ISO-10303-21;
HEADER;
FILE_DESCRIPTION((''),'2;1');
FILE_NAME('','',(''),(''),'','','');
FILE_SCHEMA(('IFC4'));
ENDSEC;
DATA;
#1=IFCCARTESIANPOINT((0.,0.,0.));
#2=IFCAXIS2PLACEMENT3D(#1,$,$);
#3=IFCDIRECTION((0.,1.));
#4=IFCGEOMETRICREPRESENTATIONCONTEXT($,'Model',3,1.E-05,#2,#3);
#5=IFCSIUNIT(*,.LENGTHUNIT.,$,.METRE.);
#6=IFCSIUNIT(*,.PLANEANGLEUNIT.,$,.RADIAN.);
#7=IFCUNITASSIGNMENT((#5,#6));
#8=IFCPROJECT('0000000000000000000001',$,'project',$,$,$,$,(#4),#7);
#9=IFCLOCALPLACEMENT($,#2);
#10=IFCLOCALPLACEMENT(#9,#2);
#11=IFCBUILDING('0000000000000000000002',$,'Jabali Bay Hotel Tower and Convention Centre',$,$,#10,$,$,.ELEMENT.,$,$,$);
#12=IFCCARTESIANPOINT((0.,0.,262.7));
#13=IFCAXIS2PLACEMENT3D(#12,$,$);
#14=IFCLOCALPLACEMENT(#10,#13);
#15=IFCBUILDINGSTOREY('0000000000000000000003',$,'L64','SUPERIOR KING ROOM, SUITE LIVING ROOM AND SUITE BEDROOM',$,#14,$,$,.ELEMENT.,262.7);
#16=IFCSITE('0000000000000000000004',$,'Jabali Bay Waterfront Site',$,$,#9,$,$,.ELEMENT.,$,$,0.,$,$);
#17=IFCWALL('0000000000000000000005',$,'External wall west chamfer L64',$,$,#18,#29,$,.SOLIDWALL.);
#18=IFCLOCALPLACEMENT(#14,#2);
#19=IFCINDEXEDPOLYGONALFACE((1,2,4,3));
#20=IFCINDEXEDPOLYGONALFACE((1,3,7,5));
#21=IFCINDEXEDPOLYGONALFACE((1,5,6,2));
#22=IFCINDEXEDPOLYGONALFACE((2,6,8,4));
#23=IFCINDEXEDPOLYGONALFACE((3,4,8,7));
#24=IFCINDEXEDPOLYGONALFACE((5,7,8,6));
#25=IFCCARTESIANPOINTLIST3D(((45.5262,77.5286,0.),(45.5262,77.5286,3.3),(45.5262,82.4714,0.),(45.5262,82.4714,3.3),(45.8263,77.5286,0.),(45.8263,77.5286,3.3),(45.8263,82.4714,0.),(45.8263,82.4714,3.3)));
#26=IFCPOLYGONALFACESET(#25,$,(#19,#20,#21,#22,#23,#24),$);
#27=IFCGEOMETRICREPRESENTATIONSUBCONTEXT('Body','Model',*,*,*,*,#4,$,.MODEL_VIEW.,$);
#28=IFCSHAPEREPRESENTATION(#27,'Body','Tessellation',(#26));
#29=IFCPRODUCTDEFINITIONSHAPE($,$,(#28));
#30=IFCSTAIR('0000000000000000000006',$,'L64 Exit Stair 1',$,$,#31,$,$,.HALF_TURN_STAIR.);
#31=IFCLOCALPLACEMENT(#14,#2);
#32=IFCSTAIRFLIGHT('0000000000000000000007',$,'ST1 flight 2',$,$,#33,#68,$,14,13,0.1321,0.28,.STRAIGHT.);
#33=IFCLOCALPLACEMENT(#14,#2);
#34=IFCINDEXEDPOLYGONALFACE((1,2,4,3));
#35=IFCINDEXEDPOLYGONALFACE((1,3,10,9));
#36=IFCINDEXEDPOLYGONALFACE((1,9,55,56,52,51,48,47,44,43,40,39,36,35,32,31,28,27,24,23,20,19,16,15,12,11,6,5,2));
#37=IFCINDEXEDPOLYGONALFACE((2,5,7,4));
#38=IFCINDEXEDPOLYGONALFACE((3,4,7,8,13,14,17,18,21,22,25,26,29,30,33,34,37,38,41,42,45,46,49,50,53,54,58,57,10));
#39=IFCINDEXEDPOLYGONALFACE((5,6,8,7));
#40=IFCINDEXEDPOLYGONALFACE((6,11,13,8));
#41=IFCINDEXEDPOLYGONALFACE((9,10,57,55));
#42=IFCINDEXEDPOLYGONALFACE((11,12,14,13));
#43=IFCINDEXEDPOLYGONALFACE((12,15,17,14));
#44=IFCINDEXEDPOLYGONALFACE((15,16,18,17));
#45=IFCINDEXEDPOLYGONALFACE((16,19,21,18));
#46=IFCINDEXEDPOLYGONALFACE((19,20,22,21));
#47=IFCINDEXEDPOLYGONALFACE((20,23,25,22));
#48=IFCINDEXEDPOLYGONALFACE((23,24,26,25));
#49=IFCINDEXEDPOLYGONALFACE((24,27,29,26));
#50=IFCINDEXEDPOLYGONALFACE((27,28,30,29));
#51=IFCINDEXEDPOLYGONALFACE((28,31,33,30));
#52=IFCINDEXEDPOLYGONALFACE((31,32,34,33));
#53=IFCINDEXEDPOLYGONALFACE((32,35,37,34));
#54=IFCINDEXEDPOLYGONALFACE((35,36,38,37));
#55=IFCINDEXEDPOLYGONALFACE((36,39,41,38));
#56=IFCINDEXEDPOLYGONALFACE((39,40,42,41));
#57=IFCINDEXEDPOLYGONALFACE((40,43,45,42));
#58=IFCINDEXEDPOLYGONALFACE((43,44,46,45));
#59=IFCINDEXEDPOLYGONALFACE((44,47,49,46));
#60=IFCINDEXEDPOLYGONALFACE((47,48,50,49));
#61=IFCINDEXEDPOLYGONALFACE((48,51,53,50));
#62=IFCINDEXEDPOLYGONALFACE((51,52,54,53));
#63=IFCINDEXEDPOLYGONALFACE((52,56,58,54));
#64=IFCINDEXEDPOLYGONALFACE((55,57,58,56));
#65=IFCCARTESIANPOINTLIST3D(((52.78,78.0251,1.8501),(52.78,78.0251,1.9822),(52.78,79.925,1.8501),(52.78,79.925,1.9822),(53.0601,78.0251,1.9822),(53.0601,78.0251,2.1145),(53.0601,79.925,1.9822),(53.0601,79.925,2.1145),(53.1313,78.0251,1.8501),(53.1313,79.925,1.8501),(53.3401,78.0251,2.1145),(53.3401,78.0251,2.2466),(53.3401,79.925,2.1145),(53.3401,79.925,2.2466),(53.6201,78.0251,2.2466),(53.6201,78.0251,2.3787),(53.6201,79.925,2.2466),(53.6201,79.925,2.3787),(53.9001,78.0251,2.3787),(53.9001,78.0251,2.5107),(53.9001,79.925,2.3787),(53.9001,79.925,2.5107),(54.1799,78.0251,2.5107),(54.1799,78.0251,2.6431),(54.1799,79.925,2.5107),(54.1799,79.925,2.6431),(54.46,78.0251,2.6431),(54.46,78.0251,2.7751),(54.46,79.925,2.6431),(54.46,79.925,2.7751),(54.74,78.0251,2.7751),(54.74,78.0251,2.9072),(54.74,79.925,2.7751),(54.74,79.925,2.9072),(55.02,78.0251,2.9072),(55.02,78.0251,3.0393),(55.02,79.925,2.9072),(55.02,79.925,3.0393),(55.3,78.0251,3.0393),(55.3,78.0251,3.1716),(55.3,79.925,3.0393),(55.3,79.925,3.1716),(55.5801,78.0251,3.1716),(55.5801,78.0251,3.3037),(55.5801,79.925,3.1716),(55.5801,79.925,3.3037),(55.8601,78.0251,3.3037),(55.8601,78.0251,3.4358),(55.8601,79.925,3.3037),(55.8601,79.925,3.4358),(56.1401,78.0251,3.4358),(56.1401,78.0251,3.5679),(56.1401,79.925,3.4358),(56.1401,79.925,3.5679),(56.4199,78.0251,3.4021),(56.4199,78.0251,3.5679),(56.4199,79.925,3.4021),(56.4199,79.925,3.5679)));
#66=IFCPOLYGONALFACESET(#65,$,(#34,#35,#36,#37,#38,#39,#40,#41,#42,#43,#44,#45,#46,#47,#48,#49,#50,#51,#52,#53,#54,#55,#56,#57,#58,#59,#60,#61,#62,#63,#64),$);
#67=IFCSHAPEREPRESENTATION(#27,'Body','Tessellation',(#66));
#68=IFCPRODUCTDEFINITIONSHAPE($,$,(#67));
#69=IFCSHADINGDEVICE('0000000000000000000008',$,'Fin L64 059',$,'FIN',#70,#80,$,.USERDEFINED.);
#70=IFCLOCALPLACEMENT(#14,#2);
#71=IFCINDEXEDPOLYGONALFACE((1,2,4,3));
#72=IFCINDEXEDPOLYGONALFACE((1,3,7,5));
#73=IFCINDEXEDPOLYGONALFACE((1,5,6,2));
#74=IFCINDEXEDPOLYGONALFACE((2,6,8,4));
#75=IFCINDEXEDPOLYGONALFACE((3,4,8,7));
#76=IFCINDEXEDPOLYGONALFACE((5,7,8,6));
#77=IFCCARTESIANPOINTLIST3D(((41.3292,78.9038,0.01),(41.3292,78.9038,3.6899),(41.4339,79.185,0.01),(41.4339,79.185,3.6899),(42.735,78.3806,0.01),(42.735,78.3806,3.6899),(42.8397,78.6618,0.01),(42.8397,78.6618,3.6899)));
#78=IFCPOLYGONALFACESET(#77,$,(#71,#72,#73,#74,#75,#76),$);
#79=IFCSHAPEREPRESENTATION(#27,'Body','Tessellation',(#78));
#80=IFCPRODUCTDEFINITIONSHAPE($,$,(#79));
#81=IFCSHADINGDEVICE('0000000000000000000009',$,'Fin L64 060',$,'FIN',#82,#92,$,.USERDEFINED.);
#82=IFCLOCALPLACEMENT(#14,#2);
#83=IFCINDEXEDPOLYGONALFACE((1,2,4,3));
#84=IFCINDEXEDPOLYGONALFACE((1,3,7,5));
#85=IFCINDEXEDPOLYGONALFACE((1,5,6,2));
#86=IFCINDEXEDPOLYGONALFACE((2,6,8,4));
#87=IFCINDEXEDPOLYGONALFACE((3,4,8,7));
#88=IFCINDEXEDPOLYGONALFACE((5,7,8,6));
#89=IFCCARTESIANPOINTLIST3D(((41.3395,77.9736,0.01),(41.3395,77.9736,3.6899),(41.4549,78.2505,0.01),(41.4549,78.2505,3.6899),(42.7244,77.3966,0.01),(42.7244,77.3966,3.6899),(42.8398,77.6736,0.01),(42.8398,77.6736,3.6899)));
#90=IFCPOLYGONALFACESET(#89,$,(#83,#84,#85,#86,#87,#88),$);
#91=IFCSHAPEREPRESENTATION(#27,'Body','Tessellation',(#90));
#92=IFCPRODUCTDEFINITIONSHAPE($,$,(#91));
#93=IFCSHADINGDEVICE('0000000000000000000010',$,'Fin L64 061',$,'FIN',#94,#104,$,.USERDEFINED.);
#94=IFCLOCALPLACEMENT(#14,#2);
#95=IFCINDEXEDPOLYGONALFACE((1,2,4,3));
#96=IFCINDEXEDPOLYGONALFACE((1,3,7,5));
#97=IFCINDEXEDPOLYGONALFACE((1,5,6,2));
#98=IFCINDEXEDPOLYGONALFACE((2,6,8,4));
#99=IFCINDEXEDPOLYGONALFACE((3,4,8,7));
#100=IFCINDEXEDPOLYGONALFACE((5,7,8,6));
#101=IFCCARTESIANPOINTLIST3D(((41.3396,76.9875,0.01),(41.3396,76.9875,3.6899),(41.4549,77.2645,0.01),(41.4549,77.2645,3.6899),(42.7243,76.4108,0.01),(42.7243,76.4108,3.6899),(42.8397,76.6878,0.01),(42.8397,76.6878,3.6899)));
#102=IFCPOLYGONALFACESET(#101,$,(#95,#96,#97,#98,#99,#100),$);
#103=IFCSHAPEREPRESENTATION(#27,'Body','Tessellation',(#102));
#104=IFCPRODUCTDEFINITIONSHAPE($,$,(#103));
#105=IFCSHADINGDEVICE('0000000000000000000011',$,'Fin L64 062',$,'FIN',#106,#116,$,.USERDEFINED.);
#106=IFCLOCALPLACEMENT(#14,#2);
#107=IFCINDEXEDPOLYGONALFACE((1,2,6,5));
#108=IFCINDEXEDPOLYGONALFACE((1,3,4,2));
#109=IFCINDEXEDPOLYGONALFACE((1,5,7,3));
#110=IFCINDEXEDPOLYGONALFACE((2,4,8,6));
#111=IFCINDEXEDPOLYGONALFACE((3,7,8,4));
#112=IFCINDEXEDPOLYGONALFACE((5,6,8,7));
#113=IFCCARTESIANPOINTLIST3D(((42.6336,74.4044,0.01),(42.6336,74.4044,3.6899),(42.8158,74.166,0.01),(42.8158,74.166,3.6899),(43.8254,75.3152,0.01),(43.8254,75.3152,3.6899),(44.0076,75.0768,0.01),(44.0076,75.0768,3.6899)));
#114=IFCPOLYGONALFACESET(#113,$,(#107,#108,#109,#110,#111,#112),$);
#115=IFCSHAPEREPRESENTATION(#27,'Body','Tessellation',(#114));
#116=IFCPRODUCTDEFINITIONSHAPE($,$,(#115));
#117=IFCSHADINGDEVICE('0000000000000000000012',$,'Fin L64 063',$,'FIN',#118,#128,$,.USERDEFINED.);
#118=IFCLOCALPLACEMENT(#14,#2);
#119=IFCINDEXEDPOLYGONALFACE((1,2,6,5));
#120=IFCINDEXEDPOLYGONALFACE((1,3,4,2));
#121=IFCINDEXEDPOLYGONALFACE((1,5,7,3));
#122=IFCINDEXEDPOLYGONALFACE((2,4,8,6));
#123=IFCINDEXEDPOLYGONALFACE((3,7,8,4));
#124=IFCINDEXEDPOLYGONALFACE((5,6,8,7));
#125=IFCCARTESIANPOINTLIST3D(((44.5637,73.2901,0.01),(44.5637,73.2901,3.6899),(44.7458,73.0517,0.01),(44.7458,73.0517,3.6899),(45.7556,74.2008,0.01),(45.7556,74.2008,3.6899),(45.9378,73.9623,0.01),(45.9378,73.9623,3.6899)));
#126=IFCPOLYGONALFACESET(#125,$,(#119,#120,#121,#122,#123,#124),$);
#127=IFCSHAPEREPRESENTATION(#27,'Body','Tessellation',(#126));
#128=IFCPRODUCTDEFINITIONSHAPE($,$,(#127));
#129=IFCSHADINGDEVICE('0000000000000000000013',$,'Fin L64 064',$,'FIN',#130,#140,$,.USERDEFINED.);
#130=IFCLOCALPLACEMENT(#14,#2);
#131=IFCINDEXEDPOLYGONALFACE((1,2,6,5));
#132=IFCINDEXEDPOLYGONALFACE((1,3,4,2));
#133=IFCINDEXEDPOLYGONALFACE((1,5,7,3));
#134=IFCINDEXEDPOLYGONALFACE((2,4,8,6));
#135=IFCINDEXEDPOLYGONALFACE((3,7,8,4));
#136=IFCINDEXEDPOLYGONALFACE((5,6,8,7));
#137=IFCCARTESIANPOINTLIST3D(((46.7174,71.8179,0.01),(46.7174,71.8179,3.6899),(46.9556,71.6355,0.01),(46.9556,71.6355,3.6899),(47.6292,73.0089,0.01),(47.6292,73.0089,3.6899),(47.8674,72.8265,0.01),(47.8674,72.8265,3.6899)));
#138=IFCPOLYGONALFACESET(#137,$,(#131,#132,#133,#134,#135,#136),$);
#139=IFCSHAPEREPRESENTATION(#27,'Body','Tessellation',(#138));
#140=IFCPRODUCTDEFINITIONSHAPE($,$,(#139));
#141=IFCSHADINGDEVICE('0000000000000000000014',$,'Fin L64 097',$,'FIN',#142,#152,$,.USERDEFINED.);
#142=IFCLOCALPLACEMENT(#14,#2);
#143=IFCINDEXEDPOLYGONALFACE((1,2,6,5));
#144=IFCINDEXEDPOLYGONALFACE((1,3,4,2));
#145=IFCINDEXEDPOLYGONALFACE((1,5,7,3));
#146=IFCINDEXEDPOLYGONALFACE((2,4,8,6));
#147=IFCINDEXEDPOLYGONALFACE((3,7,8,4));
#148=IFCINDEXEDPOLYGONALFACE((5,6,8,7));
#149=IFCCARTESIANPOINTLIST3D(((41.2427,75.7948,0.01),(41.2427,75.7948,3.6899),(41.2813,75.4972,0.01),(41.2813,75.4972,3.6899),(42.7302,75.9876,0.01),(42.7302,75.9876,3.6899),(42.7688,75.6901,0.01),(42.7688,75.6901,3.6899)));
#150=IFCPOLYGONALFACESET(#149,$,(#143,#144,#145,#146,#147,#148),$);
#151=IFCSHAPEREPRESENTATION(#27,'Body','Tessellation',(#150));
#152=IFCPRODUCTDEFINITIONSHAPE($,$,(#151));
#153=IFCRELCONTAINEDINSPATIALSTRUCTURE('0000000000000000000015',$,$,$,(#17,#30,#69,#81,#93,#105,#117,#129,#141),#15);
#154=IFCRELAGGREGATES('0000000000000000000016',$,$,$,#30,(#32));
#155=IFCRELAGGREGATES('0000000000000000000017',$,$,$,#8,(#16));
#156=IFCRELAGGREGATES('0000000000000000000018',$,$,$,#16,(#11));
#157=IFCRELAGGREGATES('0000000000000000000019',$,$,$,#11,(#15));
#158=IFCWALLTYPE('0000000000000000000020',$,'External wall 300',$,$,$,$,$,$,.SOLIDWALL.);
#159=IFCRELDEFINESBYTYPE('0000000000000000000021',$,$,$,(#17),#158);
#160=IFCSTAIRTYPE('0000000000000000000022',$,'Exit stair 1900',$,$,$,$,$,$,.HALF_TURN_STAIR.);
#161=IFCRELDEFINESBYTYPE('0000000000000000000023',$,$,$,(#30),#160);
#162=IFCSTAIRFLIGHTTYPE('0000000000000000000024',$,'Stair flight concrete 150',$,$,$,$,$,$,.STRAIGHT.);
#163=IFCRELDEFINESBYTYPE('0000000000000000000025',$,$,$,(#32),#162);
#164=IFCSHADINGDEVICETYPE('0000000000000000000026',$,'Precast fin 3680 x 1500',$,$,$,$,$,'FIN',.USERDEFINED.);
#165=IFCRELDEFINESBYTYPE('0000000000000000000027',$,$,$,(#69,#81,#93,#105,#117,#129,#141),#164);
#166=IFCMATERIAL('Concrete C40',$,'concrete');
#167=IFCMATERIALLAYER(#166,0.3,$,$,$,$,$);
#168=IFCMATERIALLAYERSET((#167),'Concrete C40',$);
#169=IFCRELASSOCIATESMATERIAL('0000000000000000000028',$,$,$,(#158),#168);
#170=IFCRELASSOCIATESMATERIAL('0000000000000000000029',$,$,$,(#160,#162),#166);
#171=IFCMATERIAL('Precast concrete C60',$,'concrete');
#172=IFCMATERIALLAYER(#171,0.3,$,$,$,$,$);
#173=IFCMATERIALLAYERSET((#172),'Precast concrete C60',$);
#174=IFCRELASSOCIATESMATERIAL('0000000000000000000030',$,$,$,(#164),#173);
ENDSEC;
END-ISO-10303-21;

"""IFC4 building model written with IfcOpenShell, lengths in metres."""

from ifc_helpers import new_model, si_unit, direction, frame, frame_2d, origin, place, context, subcontext, project, spatial, polyline, rectangle, outline, extrude, material, layer, layer_set, type_object, element, aggregate, save


model = new_model("IFC4")

# Units and contexts
model_context = context("Model", 3, precision=1e-05, world=origin(), true_north=direction((0.0, 1.0)))
body_context = subcontext(model_context, "Body", "Model", "MODEL_VIEW")
ifc_project = project(units=[si_unit("LENGTHUNIT", "METRE"), si_unit("PLANEANGLEUNIT", "RADIAN")], contexts=[model_context])

# Site, building, storey
site_placement = place(None, origin())
site = spatial("IfcSite", under=ifc_project, at=site_placement, Name="Jabali Bay Waterfront Site", CompositionType="ELEMENT", RefElevation=0.0)
building_placement = place(site_placement, origin())
building = spatial("IfcBuilding", under=site, at=building_placement, Name="Jabali Bay Hotel Tower and Convention Centre", CompositionType="ELEMENT")
storey_placement = place(building_placement, frame((0.0, 0.0, 262.7)))
storey = spatial("IfcBuildingStorey", under=building, at=storey_placement, Name="L64", Description="SUPERIOR KING ROOM, SUITE LIVING ROOM AND SUITE BEDROOM", CompositionType="ELEMENT", Elevation=262.7)

# Shared definitions
ifc_material_1 = material(Name="Concrete C40", Category="concrete")

# Wall
ifc_layer_1 = layer(ifc_material_1, 0.3)
ifc_layer_set_1 = layer_set([ifc_layer_1], Name="Concrete C40")
wall_type_1 = type_object("IfcWallType", Name="External wall 300", PredefinedType="SOLIDWALL", material=ifc_layer_set_1)
wall_1_placement = place(storey_placement, frame((45.6763, 77.5286, 0.0), z_axis=(0.0, 0.0, 1.0), x_axis=(0.0, 1.0, 0.0)))
element("IfcWall", 1, at=wall_1_placement, inside=storey, type_object=wall_type_1, Name="External wall west chamfer L64", PredefinedType="SOLIDWALL", context=body_context, shape_type="SweptSolid", body=[
    extrude(rectangle(XDim=4.9429, YDim=0.3, at=frame_2d((2.4714, 0.0))), origin(), (0.0, 0.0, 1.0), 3.3),
])

# Stair, stair flight
stair_type = type_object("IfcStairType", Name="Exit stair 1900", PredefinedType="HALF_TURN_STAIR", material=ifc_material_1)
stair_placement = place(storey_placement, origin())
stair = element("IfcStair", 2, at=stair_placement, inside=storey, type_object=stair_type, Name="L64 Exit Stair 1", PredefinedType="HALF_TURN_STAIR")
stair_flight_type = type_object("IfcStairFlightType", Name="Stair flight concrete 150", PredefinedType="STRAIGHT", material=ifc_material_1)
stair_flight_placement = place(storey_placement, frame((52.78, 78.9751, 1.8501), z_axis=(0.0, 0.0, 1.0), x_axis=(1.0, 0.0, 0.0)))
stair_flight = element("IfcStairFlight", 3, at=stair_flight_placement, type_object=stair_flight_type, Name="ST1 flight 2", NumberOfRisers=14, NumberOfTreads=13, PredefinedType="STRAIGHT", RiserHeight=0.1321, TreadLength=0.28, context=body_context, shape_type="SweptSolid", body=[
    extrude(outline(polyline([(0.0, 0.0), (0.0, 0.1321), (0.28, 0.1321), (0.28, 0.2644), (0.5601, 0.2644), (0.5601, 0.3965), (0.8401, 0.3965), (0.8401, 0.5286), (1.1201, 0.5286), (1.1201, 0.6606), (1.3999, 0.6606), (1.3999, 0.793), (1.6799, 0.793), (1.6799, 0.925), (1.96, 0.925), (1.96, 1.0571), (2.24, 1.0571), (2.24, 1.1892), (2.52, 1.1892), (2.52, 1.3215), (2.8, 1.3215), (2.8, 1.4536), (3.0801, 1.4536), (3.0801, 1.5857), (3.3601, 1.5857), (3.3601, 1.7178), (3.6399, 1.7178), (3.6399, 1.8501), (3.6399, 1.552), (0.3513, 0.0), (0.0, 0.0)])), frame((0.0, 0.95, 0.0), z_axis=(0.0, -1.0, 0.0), x_axis=(1.0, 0.0, 0.0)), (0.0, 0.0, 1.0), 1.8999),
])
aggregate(stair, [stair_flight])

# Shading devices
ifc_material_2 = material(Name="Precast concrete C60", Category="concrete")
ifc_layer_2 = layer(ifc_material_2, 0.3)
ifc_layer_set_2 = layer_set([ifc_layer_2], Name="Precast concrete C60")
shading_device_type = type_object("IfcShadingDeviceType", Name="Precast fin 3680 x 1500", ElementType="FIN", PredefinedType="USERDEFINED", material=ifc_layer_set_2)
shading_device_1_placement = place(storey_placement, frame((42.7874, 78.5212, 0.01), z_axis=(0.0, 0.0, 1.0), x_axis=(-0.937196, 0.348804, 0.0)))
element("IfcShadingDevice", 4, at=shading_device_1_placement, inside=storey, type_object=shading_device_type, Name="Fin L64 059", ObjectType="FIN", PredefinedType="USERDEFINED", context=body_context, shape_type="SweptSolid", body=[
    extrude(rectangle(XDim=1.5, YDim=0.3, at=frame_2d((0.75, 0.0))), origin(), (0.0, 0.0, 1.0), 3.6799),
])
shading_device_2_placement = place(storey_placement, frame((42.782, 77.5352, 0.01), z_axis=(0.0, 0.0, 1.0), x_axis=(-0.923096, 0.384569, 0.0)))
element("IfcShadingDevice", 5, at=shading_device_2_placement, inside=storey, type_object=shading_device_type, Name="Fin L64 060", ObjectType="FIN", PredefinedType="USERDEFINED", context=body_context, shape_type="SweptSolid", body=[
    extrude(rectangle(XDim=1.5002, YDim=0.3, at=frame_2d((0.75, 0.0))), origin(), (0.0, 0.0, 1.0), 3.6799),
])
for number, where, z_axis, x_axis, name in (
    (6, (42.782, 76.5493, 0.01), (0.0, 0.0, 1.0), (-0.923154, 0.38443, 0.0), "Fin L64 061"),
    (7, (43.9165, 75.196, 0.01), (0.0, 0.0, 1.0), (-0.794538, -0.607214, 0.0), "Fin L64 062"),
    (8, (45.8467, 74.0815, 0.01), (0.0, 0.0, 1.0), (-0.794616, -0.607112, 0.0), "Fin L64 063"),
    (9, (47.7483, 72.9177, 0.01), (0.0, 0.0, 1.0), (-0.607861, -0.794044, 0.0), "Fin L64 064"),
    (10, (42.7495, 75.8389, 0.01), (0.0, 0.0, 1.0), (-0.991699, -0.128581, 0.0), "Fin L64 097"),
):
    element("IfcShadingDevice", number, at=place(storey_placement, frame(where, z_axis=z_axis, x_axis=x_axis)), inside=storey, type_object=shading_device_type, Name=name, ObjectType="FIN", PredefinedType="USERDEFINED", context=body_context, shape_type="SweptSolid", body=[
        extrude(rectangle(XDim=1.5, YDim=0.3, at=frame_2d((0.75, 0.0))), origin(), (0.0, 0.0, 1.0), 3.6799),
    ])

save(model, "model.ifc")
